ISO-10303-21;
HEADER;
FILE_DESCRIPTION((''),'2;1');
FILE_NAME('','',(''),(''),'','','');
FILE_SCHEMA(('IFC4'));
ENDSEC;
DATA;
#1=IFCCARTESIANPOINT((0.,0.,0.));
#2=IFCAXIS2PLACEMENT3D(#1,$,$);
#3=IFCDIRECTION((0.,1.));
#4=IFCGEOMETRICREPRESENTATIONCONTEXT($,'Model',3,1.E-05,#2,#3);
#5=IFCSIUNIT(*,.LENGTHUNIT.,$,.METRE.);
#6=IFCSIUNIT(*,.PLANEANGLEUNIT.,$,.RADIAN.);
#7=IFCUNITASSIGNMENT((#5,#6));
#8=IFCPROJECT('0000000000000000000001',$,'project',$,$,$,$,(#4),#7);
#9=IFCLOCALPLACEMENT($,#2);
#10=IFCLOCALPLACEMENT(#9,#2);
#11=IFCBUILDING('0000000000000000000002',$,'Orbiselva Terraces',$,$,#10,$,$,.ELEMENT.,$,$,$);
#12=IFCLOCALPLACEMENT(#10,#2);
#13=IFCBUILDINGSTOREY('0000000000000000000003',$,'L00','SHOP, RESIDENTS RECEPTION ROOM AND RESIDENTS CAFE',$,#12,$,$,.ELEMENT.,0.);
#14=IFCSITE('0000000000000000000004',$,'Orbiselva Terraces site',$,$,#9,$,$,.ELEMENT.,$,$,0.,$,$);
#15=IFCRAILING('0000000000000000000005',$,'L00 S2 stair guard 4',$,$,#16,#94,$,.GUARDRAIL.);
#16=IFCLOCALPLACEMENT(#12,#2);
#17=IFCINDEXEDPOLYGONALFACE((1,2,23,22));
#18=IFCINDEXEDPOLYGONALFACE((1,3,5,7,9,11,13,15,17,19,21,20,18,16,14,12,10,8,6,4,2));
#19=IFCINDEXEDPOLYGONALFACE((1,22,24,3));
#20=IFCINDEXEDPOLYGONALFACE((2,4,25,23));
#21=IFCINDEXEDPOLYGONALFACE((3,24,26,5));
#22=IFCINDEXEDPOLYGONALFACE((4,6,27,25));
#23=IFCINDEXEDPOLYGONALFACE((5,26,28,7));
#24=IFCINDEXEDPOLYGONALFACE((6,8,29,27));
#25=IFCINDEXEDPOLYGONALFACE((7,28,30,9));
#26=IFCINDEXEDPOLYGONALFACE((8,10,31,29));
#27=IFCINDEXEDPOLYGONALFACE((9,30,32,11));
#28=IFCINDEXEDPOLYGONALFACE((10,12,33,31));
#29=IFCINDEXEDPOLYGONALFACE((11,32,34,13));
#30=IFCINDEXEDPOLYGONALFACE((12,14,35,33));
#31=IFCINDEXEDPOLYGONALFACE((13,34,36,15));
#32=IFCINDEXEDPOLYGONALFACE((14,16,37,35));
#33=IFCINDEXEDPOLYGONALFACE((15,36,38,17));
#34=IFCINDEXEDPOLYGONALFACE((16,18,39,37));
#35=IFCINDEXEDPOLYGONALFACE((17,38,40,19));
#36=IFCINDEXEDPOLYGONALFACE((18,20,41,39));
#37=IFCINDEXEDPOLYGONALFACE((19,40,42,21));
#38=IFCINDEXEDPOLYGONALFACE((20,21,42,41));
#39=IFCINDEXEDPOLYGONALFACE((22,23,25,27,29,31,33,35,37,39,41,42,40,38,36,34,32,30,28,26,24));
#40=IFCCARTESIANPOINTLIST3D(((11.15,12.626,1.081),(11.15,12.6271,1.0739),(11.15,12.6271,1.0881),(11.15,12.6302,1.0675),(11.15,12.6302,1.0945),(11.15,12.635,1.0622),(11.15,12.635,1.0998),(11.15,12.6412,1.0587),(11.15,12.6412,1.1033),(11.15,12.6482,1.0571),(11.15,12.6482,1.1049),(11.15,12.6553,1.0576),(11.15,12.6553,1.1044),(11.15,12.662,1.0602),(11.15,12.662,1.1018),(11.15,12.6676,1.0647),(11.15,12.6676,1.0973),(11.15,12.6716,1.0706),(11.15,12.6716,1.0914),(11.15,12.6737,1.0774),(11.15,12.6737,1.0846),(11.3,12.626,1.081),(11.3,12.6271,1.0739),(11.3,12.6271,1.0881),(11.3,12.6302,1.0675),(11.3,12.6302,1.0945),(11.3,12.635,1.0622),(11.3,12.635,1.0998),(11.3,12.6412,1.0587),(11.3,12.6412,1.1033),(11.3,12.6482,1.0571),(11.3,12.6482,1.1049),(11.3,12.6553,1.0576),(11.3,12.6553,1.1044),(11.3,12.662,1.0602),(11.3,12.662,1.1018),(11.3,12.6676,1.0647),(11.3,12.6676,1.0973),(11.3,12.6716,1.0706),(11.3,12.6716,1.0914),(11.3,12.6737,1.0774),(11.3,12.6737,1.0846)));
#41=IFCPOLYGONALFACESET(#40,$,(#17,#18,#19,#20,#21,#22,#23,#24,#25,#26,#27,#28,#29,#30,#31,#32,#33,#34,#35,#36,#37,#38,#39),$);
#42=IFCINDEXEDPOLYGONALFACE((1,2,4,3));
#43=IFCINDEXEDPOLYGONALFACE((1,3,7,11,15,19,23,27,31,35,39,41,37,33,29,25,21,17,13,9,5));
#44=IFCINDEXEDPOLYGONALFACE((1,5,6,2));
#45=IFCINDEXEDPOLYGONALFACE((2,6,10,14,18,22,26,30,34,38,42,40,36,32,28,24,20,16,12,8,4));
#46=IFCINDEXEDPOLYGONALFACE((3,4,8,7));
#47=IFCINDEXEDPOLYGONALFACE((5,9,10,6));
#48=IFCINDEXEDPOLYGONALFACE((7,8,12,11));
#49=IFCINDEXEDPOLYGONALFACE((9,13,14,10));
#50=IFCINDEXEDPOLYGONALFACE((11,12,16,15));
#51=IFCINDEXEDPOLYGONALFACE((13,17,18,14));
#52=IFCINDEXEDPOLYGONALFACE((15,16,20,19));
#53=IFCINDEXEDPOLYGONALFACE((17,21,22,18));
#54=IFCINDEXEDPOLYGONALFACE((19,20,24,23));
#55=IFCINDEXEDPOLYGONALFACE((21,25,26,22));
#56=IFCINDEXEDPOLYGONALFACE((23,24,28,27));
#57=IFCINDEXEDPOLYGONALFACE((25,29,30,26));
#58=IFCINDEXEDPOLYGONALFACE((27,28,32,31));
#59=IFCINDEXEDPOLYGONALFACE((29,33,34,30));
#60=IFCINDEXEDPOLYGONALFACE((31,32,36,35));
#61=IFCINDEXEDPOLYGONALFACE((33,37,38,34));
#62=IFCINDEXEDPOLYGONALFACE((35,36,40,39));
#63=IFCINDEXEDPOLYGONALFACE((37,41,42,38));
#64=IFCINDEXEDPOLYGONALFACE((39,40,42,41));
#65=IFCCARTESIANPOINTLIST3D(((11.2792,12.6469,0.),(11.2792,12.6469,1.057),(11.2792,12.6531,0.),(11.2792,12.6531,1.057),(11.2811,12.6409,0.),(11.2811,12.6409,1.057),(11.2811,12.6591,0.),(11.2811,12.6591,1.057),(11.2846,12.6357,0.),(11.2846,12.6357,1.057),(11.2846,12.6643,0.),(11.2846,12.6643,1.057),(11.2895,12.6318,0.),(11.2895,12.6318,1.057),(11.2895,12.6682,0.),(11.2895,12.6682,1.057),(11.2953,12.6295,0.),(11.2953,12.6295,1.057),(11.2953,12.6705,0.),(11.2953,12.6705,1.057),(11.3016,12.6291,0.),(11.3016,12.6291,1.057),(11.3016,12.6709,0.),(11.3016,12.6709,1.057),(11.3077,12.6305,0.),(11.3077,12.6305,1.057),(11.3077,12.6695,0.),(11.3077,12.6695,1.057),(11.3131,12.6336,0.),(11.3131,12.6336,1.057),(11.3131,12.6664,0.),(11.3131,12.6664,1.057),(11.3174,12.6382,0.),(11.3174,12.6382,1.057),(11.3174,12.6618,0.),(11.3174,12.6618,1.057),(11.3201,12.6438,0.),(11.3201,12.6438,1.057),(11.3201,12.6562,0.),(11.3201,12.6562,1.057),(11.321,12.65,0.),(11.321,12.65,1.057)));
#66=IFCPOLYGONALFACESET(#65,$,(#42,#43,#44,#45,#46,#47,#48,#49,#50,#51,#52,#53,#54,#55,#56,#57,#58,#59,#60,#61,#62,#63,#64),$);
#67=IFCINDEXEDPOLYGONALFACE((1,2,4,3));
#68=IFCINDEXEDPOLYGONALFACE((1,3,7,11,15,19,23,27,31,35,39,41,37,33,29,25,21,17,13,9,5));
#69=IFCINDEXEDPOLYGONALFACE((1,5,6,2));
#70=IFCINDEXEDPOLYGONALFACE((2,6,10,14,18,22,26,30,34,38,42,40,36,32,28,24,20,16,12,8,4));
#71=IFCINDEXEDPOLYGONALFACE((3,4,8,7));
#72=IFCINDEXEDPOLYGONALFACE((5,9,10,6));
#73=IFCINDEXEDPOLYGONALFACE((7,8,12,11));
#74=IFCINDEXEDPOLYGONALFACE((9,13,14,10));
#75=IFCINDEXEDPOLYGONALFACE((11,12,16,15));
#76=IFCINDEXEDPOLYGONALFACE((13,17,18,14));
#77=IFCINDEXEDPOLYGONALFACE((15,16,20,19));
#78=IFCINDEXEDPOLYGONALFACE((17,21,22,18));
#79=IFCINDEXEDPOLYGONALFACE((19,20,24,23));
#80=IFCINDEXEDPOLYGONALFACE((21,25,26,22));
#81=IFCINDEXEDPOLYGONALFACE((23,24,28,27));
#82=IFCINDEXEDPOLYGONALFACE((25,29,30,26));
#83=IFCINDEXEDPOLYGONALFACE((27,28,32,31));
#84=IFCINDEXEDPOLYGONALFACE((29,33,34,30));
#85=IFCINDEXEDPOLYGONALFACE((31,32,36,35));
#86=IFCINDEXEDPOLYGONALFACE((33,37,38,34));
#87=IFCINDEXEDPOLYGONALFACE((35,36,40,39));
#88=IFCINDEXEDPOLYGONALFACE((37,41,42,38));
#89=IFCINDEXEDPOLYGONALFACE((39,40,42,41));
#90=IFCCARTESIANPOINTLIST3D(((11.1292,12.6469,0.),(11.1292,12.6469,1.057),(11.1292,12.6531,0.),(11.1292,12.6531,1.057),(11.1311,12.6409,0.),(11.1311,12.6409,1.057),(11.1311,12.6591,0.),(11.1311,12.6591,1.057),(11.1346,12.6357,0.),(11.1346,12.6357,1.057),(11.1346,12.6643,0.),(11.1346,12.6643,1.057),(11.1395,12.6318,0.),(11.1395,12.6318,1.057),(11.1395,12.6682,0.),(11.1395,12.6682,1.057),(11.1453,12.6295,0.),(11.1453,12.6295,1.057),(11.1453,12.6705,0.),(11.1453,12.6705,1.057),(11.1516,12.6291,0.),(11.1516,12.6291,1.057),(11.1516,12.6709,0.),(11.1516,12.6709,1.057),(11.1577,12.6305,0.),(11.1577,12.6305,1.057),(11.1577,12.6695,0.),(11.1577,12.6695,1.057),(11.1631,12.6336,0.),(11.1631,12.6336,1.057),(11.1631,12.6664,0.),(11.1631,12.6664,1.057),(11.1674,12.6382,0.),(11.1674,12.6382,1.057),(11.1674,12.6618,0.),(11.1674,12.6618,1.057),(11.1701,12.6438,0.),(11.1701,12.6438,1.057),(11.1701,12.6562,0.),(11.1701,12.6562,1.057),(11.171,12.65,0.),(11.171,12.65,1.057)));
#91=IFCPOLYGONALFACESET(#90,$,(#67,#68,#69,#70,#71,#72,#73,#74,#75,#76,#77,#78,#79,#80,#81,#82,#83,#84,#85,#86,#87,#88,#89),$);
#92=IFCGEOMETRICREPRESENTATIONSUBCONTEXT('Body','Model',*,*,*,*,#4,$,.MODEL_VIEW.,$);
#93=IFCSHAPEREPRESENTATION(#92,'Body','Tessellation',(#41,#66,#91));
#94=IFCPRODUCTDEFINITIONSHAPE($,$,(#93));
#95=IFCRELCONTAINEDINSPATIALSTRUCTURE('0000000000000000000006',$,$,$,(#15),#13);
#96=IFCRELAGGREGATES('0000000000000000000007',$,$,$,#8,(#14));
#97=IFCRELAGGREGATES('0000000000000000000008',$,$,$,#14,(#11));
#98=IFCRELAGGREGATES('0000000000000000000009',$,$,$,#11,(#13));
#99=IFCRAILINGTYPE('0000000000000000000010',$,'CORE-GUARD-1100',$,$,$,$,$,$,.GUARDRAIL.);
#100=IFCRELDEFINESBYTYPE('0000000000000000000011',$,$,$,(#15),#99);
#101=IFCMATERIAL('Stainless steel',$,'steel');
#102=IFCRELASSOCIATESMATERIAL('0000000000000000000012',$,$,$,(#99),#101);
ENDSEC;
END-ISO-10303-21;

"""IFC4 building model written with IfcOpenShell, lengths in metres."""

from ifc_helpers import new_model, si_unit, direction, frame, origin, origin_2d, place, context, subcontext, project, spatial, circle, extrude, material, type_object, element, save


model = new_model("IFC4")

# Units and contexts
model_context = context("Model", 3, precision=1e-05, world=origin(), true_north=direction((0.0, 1.0)))
body_context = subcontext(model_context, "Body", "Model", "MODEL_VIEW")
ifc_project = project(units=[si_unit("LENGTHUNIT", "METRE"), si_unit("PLANEANGLEUNIT", "RADIAN")], contexts=[model_context])

# Site, building, storey
site_placement = place(None, origin())
site = spatial("IfcSite", under=ifc_project, at=site_placement, Name="Orbiselva Terraces site", CompositionType="ELEMENT", RefElevation=0.0)
building_placement = place(site_placement, origin())
building = spatial("IfcBuilding", under=site, at=building_placement, Name="Orbiselva Terraces", CompositionType="ELEMENT")
storey_placement = place(building_placement, origin())
storey = spatial("IfcBuildingStorey", under=building, at=storey_placement, Name="L00", Description="SHOP, RESIDENTS RECEPTION ROOM AND RESIDENTS CAFE", CompositionType="ELEMENT", Elevation=0.0)

# Railing
ifc_material_1 = material(Name="Stainless steel", Category="steel")
railing_type_1 = type_object("IfcRailingType", Name="CORE-GUARD-1100", PredefinedType="GUARDRAIL", material=ifc_material_1)
railing_1_placement = place(storey_placement, frame((11.3, 12.65, 0.0)))
element("IfcRailing", 1, at=railing_1_placement, inside=storey, type_object=railing_type_1, Name="L00 S2 stair guard 4", PredefinedType="GUARDRAIL", context=body_context, shape_type="SweptSolid", body=[
    extrude(circle(Radius=0.024, at=origin_2d()), frame((0.0, 0.0, 1.081), z_axis=(-1.0, 0.0, 0.0), x_axis=(0.0, -1.0, 0.0)), (0.0, 0.0, 1.0), 0.15),
    extrude(circle(Radius=0.021, at=origin_2d()), origin(), (0.0, 0.0, 1.0), 1.057),
    extrude(circle(Radius=0.021, at=origin_2d()), frame((-0.15, 0.0, 0.0)), (0.0, 0.0, 1.0), 1.057),
])

save(model, "model.ifc")
